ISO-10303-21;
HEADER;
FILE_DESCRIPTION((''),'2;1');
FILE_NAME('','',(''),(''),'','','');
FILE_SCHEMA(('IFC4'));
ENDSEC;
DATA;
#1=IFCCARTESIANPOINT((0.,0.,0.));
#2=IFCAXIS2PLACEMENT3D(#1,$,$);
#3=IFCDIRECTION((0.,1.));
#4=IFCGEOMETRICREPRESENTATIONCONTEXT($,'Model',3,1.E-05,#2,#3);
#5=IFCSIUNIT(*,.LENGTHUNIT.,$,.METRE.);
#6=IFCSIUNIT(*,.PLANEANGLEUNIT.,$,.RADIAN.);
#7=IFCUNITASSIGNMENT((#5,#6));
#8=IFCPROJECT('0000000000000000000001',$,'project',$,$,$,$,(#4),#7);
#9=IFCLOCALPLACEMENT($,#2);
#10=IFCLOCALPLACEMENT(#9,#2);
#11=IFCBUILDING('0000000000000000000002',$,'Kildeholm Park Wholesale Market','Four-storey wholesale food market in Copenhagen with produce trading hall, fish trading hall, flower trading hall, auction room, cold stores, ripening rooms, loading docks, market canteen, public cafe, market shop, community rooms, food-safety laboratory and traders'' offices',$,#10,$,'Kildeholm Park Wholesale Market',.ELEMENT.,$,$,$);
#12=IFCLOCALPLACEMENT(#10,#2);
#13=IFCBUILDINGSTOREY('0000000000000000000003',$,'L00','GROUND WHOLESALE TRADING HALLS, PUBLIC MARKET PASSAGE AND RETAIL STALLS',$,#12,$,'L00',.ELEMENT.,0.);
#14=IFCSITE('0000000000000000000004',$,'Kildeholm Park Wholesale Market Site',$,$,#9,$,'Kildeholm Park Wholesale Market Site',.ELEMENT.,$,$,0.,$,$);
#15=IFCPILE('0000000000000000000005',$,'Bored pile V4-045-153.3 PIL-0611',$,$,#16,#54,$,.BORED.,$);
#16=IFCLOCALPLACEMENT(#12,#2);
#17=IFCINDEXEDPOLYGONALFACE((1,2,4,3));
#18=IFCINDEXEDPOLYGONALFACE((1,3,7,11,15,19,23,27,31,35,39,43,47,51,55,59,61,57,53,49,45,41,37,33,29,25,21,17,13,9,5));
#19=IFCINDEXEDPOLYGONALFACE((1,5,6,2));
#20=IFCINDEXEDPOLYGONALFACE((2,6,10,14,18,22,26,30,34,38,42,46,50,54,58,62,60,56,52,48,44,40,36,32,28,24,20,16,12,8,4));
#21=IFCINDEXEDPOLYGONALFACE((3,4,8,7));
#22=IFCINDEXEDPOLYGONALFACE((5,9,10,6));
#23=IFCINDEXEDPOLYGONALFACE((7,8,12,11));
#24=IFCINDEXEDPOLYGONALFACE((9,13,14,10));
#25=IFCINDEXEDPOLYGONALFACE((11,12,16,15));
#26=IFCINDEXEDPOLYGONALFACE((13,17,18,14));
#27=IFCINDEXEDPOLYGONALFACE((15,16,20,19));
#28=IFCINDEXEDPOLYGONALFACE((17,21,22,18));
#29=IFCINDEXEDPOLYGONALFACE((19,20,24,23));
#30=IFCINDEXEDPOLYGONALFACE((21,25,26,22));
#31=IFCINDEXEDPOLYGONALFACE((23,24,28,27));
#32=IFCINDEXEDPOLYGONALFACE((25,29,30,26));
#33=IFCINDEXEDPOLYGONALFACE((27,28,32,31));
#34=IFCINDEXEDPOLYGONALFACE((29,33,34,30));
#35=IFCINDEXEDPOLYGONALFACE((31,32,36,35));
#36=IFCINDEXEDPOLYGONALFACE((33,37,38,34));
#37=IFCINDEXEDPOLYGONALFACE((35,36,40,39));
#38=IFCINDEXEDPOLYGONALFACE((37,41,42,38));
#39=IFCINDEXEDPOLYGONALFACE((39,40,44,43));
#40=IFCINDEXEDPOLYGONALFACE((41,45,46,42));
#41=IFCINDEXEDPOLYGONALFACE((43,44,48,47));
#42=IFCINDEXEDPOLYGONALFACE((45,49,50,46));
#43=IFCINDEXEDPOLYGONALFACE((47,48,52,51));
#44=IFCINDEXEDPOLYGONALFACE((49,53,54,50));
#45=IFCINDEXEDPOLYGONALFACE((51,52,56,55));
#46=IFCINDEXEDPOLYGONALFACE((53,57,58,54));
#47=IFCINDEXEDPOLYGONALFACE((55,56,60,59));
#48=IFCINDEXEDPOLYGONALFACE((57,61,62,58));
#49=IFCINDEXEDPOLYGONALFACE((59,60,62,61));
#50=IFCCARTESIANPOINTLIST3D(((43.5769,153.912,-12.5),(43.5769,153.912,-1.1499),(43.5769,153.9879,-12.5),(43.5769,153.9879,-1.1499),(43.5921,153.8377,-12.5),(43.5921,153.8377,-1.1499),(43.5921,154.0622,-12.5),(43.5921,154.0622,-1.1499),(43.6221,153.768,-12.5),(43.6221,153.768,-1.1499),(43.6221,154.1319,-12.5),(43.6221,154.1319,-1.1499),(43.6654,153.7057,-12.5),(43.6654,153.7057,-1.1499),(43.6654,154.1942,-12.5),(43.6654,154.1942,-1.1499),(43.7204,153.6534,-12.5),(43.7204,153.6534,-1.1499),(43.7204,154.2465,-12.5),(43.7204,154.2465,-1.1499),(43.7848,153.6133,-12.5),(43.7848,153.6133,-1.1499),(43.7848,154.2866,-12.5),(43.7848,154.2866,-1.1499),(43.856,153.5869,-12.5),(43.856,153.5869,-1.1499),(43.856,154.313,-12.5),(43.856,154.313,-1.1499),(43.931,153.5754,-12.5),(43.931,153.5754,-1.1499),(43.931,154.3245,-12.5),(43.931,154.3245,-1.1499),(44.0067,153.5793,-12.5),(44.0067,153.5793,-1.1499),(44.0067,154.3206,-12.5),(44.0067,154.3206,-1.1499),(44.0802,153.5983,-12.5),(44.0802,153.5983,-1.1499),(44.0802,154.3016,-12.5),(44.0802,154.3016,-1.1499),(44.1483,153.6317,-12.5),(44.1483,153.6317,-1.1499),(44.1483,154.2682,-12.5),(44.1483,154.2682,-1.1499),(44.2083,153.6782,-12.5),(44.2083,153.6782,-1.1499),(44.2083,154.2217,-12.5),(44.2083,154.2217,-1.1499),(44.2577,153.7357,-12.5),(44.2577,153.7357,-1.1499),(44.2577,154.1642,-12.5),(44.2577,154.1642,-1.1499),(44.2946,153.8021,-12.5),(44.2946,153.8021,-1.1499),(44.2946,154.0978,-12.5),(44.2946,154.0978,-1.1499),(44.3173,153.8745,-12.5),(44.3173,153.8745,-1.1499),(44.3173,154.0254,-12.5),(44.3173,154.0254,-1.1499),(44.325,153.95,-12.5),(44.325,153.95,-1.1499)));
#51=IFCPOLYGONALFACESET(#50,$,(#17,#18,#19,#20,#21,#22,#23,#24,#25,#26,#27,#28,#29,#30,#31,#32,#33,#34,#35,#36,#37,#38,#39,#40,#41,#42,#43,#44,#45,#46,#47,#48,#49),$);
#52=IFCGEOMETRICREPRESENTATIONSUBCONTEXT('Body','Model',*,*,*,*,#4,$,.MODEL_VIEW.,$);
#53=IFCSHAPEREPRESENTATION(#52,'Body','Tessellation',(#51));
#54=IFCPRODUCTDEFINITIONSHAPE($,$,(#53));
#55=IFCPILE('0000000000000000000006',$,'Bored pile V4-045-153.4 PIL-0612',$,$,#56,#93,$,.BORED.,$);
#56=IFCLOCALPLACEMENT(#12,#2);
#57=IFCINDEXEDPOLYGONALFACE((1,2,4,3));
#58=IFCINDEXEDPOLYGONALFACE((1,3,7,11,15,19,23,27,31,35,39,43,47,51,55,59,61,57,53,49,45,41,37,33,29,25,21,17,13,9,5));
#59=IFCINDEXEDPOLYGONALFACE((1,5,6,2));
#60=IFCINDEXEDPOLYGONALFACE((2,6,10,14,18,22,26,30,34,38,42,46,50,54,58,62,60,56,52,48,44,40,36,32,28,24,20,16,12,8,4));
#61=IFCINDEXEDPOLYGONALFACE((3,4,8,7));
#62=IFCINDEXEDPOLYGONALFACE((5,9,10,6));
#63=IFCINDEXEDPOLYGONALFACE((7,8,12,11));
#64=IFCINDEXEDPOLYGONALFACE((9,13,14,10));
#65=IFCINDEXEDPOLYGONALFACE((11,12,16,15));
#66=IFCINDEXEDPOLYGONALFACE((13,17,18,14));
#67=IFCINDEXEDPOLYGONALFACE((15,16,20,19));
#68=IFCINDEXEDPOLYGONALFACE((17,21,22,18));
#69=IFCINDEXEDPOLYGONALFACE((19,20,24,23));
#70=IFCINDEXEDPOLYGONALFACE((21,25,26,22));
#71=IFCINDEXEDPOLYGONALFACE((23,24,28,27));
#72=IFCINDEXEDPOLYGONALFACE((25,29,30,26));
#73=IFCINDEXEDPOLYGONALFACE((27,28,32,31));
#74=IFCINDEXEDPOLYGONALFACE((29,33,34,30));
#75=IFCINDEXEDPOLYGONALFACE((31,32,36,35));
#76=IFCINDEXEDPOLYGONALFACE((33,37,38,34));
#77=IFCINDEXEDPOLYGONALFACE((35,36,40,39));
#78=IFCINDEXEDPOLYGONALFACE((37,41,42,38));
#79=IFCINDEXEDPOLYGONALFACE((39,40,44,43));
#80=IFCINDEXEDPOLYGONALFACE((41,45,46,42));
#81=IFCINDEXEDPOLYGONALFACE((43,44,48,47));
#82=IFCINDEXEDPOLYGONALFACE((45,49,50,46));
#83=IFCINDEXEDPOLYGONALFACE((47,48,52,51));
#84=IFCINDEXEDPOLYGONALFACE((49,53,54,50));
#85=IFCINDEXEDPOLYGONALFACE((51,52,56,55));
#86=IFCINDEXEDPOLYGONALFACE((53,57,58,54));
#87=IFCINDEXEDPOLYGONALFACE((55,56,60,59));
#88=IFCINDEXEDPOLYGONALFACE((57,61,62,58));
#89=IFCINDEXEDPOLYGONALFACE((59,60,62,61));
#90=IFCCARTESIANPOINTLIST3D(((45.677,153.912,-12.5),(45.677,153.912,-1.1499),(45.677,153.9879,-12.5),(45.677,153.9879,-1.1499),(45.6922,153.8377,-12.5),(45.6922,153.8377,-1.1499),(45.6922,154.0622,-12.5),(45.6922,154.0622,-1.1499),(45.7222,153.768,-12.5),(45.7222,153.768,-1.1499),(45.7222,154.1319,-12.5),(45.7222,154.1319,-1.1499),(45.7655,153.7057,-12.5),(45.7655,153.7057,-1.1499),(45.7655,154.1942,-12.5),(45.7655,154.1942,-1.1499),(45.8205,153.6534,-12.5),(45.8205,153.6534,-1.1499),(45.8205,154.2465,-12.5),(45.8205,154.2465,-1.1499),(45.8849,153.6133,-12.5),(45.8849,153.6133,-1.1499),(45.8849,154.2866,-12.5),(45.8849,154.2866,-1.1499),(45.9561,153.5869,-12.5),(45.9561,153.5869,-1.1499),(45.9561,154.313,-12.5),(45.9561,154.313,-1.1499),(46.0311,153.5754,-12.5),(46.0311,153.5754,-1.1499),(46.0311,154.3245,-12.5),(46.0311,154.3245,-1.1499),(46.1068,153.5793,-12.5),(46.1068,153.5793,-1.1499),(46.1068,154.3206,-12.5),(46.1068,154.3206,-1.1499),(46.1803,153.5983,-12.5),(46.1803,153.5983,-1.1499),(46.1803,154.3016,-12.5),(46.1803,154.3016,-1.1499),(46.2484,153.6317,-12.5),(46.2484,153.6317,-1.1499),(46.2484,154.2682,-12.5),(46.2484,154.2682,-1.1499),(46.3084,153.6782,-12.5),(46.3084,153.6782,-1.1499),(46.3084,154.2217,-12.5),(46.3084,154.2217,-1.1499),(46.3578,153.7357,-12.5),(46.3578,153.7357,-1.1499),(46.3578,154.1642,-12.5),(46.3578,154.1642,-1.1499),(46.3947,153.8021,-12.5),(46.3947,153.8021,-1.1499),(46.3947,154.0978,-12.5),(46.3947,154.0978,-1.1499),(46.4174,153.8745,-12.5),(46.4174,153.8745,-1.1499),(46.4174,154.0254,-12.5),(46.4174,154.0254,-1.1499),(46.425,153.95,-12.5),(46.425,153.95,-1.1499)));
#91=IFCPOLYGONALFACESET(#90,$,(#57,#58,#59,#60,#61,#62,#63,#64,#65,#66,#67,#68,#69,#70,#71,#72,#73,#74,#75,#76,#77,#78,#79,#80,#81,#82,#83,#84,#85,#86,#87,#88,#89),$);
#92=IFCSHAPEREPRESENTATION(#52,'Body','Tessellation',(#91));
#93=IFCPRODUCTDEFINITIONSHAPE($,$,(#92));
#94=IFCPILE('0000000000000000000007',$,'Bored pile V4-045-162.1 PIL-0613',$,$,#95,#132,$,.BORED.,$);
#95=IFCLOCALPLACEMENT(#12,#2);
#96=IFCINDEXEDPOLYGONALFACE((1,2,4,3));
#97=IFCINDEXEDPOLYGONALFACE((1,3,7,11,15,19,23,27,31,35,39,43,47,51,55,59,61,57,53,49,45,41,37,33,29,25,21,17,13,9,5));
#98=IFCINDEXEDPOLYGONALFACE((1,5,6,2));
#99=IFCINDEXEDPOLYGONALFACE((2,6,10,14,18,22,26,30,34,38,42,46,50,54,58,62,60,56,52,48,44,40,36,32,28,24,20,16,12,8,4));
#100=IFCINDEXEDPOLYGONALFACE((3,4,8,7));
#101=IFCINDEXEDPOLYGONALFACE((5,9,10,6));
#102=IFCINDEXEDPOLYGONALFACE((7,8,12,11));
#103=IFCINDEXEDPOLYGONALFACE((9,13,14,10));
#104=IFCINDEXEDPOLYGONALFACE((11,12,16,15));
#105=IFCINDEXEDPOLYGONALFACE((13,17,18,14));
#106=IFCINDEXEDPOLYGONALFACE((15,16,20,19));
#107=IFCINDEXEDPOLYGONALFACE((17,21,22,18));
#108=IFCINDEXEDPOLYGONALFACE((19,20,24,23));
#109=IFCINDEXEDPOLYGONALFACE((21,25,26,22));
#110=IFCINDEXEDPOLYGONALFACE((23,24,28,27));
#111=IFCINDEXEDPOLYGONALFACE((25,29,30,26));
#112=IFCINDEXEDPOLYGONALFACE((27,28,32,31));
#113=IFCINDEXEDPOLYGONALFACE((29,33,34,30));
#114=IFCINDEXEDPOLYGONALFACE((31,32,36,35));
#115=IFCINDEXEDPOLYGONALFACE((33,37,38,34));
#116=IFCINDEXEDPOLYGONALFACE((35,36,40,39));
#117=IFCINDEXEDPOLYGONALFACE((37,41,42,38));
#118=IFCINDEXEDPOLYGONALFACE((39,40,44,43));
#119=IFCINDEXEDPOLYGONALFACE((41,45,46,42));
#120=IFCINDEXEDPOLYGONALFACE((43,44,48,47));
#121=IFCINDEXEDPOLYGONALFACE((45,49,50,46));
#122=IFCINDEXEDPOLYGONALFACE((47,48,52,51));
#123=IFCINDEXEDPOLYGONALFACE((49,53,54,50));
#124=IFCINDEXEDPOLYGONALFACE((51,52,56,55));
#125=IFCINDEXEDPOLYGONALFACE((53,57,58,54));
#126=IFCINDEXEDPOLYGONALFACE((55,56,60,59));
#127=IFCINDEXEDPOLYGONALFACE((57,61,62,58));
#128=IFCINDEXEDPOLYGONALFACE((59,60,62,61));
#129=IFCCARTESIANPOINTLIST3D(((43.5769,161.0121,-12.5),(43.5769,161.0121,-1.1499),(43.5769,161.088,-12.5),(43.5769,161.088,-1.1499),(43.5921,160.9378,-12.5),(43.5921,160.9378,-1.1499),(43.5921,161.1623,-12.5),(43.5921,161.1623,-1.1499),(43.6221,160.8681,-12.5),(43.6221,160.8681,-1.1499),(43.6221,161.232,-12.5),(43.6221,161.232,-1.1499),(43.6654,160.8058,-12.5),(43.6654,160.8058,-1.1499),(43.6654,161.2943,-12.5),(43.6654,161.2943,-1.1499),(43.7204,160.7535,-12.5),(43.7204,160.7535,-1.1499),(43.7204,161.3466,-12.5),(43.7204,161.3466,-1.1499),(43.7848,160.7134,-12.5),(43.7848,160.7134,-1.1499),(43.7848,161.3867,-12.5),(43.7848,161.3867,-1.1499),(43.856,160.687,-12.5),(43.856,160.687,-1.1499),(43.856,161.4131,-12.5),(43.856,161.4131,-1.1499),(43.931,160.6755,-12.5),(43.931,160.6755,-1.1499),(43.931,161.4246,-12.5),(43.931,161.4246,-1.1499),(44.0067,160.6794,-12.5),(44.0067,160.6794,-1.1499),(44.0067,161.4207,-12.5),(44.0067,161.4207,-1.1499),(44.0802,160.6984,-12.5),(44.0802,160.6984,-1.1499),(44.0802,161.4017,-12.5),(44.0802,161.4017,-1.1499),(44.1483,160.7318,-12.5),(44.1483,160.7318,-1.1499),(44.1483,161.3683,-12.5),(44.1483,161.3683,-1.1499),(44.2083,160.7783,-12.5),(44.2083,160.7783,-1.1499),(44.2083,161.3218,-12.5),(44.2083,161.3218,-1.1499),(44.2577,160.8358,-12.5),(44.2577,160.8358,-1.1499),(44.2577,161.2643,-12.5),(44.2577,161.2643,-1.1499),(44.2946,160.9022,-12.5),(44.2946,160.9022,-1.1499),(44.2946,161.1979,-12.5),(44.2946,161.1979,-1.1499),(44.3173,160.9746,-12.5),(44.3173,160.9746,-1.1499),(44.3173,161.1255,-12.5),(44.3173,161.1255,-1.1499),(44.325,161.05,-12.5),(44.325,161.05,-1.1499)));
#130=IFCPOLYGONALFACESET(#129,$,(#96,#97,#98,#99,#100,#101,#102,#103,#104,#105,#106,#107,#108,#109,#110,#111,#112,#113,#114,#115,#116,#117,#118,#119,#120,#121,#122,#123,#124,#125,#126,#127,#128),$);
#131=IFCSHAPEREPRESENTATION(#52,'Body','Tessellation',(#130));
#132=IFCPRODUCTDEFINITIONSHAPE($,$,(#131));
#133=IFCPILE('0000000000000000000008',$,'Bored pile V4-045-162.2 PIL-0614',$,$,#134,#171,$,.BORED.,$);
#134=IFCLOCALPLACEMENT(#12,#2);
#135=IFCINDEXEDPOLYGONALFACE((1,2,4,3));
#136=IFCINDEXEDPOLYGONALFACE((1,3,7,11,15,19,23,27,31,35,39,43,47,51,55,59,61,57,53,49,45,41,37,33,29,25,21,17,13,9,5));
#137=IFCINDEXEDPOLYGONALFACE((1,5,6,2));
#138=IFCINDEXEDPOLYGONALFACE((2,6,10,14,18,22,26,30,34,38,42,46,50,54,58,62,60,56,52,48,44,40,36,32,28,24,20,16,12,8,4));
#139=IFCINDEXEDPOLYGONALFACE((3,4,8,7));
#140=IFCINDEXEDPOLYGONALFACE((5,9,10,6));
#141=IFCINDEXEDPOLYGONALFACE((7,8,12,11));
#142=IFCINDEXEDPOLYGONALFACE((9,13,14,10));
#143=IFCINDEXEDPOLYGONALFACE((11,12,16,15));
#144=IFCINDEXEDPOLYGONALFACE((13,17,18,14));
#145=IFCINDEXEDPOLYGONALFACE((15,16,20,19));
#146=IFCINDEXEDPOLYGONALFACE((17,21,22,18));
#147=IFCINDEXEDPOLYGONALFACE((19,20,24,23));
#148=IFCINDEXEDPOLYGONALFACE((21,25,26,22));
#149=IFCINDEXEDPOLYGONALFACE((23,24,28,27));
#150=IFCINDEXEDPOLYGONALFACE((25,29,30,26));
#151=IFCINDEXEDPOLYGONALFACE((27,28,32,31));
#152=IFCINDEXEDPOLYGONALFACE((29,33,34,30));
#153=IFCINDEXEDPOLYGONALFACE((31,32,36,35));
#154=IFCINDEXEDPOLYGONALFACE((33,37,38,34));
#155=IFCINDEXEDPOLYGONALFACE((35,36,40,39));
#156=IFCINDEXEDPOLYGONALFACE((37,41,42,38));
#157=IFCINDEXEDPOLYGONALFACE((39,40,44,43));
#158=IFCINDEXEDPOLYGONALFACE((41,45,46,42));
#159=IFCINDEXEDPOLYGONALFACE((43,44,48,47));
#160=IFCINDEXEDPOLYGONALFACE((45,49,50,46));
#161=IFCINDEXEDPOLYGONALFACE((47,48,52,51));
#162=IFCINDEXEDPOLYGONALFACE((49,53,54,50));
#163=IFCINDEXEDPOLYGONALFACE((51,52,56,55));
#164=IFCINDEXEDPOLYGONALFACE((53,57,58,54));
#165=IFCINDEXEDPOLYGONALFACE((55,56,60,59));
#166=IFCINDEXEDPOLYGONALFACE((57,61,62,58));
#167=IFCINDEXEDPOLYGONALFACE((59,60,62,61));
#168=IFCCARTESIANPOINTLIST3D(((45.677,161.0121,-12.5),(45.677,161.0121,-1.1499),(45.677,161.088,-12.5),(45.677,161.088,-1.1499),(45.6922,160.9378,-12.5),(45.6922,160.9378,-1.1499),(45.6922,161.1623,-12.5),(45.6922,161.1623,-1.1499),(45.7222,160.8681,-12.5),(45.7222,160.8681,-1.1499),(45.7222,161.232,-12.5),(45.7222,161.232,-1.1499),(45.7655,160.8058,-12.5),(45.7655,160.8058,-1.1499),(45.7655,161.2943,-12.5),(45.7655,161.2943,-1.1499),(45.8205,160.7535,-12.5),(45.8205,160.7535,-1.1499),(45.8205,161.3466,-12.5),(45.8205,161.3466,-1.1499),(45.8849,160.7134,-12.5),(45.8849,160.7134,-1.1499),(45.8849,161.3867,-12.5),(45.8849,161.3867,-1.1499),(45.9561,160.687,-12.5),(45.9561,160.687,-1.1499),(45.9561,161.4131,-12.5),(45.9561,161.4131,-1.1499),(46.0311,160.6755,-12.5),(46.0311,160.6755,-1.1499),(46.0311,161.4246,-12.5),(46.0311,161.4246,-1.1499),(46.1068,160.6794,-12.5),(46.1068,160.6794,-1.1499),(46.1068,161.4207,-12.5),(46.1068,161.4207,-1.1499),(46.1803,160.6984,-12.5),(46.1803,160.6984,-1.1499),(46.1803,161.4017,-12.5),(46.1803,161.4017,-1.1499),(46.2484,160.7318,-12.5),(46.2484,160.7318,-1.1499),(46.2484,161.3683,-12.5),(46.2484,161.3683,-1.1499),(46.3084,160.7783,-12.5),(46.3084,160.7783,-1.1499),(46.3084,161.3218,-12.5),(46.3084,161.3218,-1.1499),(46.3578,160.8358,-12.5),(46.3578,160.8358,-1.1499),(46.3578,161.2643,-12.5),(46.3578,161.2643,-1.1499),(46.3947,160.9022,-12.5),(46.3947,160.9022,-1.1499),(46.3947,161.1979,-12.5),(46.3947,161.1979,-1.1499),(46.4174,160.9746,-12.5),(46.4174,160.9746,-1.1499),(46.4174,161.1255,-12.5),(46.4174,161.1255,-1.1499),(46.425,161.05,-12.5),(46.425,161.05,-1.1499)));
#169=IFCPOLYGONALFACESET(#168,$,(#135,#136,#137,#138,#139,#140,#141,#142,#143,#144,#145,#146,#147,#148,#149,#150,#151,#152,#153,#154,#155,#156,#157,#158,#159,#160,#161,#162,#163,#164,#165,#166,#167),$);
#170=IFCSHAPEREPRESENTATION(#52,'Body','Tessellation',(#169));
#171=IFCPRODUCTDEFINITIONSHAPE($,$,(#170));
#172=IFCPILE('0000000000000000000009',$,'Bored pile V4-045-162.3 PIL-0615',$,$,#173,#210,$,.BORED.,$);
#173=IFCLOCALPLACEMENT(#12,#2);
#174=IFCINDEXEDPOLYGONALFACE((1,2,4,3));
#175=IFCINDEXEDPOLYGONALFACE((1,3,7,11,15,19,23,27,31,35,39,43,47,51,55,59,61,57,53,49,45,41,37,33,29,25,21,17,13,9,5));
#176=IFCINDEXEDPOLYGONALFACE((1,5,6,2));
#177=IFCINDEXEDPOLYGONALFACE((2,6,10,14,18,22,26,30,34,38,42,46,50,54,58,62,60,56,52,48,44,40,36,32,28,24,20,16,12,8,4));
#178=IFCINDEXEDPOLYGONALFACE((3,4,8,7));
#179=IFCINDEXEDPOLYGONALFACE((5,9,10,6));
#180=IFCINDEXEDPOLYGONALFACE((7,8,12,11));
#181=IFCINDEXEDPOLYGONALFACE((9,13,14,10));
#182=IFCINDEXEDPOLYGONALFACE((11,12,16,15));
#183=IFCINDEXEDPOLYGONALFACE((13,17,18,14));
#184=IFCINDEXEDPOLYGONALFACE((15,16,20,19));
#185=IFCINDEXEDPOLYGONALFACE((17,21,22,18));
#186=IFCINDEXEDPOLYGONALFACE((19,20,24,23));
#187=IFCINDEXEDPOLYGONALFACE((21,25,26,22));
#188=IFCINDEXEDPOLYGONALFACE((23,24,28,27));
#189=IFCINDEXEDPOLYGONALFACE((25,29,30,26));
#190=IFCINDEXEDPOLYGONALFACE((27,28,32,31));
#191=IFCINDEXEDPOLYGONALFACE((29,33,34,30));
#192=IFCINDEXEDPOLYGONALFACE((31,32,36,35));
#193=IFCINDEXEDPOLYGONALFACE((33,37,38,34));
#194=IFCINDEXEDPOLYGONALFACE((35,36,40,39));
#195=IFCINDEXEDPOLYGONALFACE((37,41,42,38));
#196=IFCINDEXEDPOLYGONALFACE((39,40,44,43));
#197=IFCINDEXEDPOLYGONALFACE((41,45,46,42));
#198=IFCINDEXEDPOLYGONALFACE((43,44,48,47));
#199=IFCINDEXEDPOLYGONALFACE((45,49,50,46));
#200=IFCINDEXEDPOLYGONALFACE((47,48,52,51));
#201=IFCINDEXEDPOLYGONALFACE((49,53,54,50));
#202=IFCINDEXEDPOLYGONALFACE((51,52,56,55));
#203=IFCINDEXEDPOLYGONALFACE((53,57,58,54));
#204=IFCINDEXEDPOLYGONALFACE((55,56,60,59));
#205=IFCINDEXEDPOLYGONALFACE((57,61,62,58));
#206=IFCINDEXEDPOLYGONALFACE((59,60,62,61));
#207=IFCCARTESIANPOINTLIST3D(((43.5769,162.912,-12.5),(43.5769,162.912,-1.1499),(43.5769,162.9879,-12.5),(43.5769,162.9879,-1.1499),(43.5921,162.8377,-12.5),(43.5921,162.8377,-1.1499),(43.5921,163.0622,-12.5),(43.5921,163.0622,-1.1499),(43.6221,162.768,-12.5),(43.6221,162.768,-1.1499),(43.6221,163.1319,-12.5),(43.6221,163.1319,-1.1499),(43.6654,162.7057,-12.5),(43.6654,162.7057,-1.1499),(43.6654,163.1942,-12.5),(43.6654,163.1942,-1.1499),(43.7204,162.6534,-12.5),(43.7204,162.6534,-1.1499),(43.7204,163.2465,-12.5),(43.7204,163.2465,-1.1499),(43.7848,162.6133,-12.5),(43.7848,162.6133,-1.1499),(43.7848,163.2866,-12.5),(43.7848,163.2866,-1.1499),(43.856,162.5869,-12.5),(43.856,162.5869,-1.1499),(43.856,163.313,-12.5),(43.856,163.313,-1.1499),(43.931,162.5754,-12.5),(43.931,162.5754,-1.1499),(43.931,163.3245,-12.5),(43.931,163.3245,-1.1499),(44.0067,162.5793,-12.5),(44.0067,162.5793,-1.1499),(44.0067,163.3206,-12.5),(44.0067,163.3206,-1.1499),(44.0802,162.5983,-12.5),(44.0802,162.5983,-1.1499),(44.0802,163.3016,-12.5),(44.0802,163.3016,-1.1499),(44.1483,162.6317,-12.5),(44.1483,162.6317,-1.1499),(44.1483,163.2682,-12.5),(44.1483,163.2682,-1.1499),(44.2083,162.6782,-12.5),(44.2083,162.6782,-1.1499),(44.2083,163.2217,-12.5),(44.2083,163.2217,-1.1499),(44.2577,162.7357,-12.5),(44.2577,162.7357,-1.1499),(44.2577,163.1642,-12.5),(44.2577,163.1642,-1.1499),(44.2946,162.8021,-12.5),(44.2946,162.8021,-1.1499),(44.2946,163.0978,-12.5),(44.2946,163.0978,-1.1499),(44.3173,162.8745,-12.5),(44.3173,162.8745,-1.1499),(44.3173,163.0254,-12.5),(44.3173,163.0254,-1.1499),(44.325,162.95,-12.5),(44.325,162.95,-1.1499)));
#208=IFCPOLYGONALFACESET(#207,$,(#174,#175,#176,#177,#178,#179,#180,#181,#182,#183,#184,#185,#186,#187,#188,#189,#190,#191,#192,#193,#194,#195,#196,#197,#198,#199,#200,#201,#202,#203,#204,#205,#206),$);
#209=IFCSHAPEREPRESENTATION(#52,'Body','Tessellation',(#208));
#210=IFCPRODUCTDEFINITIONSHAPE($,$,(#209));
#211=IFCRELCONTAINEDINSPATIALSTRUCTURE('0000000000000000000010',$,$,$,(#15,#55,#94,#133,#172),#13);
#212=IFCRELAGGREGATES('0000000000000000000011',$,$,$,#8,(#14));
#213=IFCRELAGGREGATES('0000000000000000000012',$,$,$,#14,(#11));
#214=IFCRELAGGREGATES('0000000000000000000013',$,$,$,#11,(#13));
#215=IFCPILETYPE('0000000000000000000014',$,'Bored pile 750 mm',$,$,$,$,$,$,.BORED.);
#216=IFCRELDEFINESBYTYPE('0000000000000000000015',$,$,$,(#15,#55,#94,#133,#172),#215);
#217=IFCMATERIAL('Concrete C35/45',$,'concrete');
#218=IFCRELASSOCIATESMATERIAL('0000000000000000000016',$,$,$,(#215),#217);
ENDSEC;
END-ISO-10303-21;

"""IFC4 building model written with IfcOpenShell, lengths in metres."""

from ifc_helpers import new_model, si_unit, direction, frame, origin, origin_2d, place, context, subcontext, project, spatial, circle, extrude, material, material_profile, profile_set, type_object, element, save


model = new_model("IFC4")

# Units and contexts
model_context = context("Model", 3, precision=1e-05, world=origin(), true_north=direction((0.0, 1.0)))
body_context = subcontext(model_context, "Body", "Model", "MODEL_VIEW")
ifc_project = project(units=[si_unit("LENGTHUNIT", "METRE"), si_unit("PLANEANGLEUNIT", "RADIAN")], contexts=[model_context])

# Site, building, storey
site_placement = place(None, origin())
site = spatial("IfcSite", under=ifc_project, at=site_placement, Name="Kildeholm Park Wholesale Market Site", LongName="Kildeholm Park Wholesale Market Site", CompositionType="ELEMENT", RefElevation=0.0)
building_placement = place(site_placement, origin())
building = spatial("IfcBuilding", under=site, at=building_placement, Name="Kildeholm Park Wholesale Market", Description="Four-storey wholesale food market in Copenhagen with produce trading hall, fish trading hall, flower trading hall, auction room, cold stores, ripening rooms, loading docks, market canteen, public cafe, market shop, community rooms, food-safety laboratory and traders' offices", LongName="Kildeholm Park Wholesale Market", CompositionType="ELEMENT")
storey_placement = place(building_placement, origin())
storey = spatial("IfcBuildingStorey", under=building, at=storey_placement, Name="L00", Description="GROUND WHOLESALE TRADING HALLS, PUBLIC MARKET PASSAGE AND RETAIL STALLS", LongName="L00", CompositionType="ELEMENT", Elevation=0.0)

# Piles
ifc_material_1 = material(Name="Concrete C35/45", Category="concrete")
ifc_material_profile_1 = material_profile(ifc_material_1, circle(Radius=0.375, at=origin_2d()), Name="PILE D750")
ifc_profile_set_1 = profile_set([ifc_material_profile_1], Name="Concrete C35/45")
pile_type = type_object("IfcPileType", Name="Bored pile 750 mm", PredefinedType="BORED", material=ifc_profile_set_1)
for number, where, z_axis, x_axis, name in (
    (1, (43.95, 153.95, -1.1499), (0.0, 0.0, -1.0), (1.0, 0.0, 0.0), "Bored pile V4-045-153.3 PIL-0611"),
    (2, (46.05, 153.95, -1.1499), (0.0, 0.0, -1.0), (1.0, 0.0, 0.0), "Bored pile V4-045-153.4 PIL-0612"),
    (3, (43.95, 161.05, -1.1499), (0.0, 0.0, -1.0), (1.0, 0.0, 0.0), "Bored pile V4-045-162.1 PIL-0613"),
    (4, (46.05, 161.05, -1.1499), (0.0, 0.0, -1.0), (1.0, 0.0, 0.0), "Bored pile V4-045-162.2 PIL-0614"),
    (5, (43.95, 162.95, -1.1499), (0.0, 0.0, -1.0), (1.0, 0.0, 0.0), "Bored pile V4-045-162.3 PIL-0615"),
):
    element("IfcPile", number, at=place(storey_placement, frame(where, z_axis=z_axis, x_axis=x_axis)), inside=storey, type_object=pile_type, Name=name, PredefinedType="BORED", context=body_context, shape_type="SweptSolid", body=[
        extrude(circle(Radius=0.375, at=origin_2d()), origin(), (0.0, 0.0, 1.0), 11.3501),
    ])

save(model, "model.ifc")
